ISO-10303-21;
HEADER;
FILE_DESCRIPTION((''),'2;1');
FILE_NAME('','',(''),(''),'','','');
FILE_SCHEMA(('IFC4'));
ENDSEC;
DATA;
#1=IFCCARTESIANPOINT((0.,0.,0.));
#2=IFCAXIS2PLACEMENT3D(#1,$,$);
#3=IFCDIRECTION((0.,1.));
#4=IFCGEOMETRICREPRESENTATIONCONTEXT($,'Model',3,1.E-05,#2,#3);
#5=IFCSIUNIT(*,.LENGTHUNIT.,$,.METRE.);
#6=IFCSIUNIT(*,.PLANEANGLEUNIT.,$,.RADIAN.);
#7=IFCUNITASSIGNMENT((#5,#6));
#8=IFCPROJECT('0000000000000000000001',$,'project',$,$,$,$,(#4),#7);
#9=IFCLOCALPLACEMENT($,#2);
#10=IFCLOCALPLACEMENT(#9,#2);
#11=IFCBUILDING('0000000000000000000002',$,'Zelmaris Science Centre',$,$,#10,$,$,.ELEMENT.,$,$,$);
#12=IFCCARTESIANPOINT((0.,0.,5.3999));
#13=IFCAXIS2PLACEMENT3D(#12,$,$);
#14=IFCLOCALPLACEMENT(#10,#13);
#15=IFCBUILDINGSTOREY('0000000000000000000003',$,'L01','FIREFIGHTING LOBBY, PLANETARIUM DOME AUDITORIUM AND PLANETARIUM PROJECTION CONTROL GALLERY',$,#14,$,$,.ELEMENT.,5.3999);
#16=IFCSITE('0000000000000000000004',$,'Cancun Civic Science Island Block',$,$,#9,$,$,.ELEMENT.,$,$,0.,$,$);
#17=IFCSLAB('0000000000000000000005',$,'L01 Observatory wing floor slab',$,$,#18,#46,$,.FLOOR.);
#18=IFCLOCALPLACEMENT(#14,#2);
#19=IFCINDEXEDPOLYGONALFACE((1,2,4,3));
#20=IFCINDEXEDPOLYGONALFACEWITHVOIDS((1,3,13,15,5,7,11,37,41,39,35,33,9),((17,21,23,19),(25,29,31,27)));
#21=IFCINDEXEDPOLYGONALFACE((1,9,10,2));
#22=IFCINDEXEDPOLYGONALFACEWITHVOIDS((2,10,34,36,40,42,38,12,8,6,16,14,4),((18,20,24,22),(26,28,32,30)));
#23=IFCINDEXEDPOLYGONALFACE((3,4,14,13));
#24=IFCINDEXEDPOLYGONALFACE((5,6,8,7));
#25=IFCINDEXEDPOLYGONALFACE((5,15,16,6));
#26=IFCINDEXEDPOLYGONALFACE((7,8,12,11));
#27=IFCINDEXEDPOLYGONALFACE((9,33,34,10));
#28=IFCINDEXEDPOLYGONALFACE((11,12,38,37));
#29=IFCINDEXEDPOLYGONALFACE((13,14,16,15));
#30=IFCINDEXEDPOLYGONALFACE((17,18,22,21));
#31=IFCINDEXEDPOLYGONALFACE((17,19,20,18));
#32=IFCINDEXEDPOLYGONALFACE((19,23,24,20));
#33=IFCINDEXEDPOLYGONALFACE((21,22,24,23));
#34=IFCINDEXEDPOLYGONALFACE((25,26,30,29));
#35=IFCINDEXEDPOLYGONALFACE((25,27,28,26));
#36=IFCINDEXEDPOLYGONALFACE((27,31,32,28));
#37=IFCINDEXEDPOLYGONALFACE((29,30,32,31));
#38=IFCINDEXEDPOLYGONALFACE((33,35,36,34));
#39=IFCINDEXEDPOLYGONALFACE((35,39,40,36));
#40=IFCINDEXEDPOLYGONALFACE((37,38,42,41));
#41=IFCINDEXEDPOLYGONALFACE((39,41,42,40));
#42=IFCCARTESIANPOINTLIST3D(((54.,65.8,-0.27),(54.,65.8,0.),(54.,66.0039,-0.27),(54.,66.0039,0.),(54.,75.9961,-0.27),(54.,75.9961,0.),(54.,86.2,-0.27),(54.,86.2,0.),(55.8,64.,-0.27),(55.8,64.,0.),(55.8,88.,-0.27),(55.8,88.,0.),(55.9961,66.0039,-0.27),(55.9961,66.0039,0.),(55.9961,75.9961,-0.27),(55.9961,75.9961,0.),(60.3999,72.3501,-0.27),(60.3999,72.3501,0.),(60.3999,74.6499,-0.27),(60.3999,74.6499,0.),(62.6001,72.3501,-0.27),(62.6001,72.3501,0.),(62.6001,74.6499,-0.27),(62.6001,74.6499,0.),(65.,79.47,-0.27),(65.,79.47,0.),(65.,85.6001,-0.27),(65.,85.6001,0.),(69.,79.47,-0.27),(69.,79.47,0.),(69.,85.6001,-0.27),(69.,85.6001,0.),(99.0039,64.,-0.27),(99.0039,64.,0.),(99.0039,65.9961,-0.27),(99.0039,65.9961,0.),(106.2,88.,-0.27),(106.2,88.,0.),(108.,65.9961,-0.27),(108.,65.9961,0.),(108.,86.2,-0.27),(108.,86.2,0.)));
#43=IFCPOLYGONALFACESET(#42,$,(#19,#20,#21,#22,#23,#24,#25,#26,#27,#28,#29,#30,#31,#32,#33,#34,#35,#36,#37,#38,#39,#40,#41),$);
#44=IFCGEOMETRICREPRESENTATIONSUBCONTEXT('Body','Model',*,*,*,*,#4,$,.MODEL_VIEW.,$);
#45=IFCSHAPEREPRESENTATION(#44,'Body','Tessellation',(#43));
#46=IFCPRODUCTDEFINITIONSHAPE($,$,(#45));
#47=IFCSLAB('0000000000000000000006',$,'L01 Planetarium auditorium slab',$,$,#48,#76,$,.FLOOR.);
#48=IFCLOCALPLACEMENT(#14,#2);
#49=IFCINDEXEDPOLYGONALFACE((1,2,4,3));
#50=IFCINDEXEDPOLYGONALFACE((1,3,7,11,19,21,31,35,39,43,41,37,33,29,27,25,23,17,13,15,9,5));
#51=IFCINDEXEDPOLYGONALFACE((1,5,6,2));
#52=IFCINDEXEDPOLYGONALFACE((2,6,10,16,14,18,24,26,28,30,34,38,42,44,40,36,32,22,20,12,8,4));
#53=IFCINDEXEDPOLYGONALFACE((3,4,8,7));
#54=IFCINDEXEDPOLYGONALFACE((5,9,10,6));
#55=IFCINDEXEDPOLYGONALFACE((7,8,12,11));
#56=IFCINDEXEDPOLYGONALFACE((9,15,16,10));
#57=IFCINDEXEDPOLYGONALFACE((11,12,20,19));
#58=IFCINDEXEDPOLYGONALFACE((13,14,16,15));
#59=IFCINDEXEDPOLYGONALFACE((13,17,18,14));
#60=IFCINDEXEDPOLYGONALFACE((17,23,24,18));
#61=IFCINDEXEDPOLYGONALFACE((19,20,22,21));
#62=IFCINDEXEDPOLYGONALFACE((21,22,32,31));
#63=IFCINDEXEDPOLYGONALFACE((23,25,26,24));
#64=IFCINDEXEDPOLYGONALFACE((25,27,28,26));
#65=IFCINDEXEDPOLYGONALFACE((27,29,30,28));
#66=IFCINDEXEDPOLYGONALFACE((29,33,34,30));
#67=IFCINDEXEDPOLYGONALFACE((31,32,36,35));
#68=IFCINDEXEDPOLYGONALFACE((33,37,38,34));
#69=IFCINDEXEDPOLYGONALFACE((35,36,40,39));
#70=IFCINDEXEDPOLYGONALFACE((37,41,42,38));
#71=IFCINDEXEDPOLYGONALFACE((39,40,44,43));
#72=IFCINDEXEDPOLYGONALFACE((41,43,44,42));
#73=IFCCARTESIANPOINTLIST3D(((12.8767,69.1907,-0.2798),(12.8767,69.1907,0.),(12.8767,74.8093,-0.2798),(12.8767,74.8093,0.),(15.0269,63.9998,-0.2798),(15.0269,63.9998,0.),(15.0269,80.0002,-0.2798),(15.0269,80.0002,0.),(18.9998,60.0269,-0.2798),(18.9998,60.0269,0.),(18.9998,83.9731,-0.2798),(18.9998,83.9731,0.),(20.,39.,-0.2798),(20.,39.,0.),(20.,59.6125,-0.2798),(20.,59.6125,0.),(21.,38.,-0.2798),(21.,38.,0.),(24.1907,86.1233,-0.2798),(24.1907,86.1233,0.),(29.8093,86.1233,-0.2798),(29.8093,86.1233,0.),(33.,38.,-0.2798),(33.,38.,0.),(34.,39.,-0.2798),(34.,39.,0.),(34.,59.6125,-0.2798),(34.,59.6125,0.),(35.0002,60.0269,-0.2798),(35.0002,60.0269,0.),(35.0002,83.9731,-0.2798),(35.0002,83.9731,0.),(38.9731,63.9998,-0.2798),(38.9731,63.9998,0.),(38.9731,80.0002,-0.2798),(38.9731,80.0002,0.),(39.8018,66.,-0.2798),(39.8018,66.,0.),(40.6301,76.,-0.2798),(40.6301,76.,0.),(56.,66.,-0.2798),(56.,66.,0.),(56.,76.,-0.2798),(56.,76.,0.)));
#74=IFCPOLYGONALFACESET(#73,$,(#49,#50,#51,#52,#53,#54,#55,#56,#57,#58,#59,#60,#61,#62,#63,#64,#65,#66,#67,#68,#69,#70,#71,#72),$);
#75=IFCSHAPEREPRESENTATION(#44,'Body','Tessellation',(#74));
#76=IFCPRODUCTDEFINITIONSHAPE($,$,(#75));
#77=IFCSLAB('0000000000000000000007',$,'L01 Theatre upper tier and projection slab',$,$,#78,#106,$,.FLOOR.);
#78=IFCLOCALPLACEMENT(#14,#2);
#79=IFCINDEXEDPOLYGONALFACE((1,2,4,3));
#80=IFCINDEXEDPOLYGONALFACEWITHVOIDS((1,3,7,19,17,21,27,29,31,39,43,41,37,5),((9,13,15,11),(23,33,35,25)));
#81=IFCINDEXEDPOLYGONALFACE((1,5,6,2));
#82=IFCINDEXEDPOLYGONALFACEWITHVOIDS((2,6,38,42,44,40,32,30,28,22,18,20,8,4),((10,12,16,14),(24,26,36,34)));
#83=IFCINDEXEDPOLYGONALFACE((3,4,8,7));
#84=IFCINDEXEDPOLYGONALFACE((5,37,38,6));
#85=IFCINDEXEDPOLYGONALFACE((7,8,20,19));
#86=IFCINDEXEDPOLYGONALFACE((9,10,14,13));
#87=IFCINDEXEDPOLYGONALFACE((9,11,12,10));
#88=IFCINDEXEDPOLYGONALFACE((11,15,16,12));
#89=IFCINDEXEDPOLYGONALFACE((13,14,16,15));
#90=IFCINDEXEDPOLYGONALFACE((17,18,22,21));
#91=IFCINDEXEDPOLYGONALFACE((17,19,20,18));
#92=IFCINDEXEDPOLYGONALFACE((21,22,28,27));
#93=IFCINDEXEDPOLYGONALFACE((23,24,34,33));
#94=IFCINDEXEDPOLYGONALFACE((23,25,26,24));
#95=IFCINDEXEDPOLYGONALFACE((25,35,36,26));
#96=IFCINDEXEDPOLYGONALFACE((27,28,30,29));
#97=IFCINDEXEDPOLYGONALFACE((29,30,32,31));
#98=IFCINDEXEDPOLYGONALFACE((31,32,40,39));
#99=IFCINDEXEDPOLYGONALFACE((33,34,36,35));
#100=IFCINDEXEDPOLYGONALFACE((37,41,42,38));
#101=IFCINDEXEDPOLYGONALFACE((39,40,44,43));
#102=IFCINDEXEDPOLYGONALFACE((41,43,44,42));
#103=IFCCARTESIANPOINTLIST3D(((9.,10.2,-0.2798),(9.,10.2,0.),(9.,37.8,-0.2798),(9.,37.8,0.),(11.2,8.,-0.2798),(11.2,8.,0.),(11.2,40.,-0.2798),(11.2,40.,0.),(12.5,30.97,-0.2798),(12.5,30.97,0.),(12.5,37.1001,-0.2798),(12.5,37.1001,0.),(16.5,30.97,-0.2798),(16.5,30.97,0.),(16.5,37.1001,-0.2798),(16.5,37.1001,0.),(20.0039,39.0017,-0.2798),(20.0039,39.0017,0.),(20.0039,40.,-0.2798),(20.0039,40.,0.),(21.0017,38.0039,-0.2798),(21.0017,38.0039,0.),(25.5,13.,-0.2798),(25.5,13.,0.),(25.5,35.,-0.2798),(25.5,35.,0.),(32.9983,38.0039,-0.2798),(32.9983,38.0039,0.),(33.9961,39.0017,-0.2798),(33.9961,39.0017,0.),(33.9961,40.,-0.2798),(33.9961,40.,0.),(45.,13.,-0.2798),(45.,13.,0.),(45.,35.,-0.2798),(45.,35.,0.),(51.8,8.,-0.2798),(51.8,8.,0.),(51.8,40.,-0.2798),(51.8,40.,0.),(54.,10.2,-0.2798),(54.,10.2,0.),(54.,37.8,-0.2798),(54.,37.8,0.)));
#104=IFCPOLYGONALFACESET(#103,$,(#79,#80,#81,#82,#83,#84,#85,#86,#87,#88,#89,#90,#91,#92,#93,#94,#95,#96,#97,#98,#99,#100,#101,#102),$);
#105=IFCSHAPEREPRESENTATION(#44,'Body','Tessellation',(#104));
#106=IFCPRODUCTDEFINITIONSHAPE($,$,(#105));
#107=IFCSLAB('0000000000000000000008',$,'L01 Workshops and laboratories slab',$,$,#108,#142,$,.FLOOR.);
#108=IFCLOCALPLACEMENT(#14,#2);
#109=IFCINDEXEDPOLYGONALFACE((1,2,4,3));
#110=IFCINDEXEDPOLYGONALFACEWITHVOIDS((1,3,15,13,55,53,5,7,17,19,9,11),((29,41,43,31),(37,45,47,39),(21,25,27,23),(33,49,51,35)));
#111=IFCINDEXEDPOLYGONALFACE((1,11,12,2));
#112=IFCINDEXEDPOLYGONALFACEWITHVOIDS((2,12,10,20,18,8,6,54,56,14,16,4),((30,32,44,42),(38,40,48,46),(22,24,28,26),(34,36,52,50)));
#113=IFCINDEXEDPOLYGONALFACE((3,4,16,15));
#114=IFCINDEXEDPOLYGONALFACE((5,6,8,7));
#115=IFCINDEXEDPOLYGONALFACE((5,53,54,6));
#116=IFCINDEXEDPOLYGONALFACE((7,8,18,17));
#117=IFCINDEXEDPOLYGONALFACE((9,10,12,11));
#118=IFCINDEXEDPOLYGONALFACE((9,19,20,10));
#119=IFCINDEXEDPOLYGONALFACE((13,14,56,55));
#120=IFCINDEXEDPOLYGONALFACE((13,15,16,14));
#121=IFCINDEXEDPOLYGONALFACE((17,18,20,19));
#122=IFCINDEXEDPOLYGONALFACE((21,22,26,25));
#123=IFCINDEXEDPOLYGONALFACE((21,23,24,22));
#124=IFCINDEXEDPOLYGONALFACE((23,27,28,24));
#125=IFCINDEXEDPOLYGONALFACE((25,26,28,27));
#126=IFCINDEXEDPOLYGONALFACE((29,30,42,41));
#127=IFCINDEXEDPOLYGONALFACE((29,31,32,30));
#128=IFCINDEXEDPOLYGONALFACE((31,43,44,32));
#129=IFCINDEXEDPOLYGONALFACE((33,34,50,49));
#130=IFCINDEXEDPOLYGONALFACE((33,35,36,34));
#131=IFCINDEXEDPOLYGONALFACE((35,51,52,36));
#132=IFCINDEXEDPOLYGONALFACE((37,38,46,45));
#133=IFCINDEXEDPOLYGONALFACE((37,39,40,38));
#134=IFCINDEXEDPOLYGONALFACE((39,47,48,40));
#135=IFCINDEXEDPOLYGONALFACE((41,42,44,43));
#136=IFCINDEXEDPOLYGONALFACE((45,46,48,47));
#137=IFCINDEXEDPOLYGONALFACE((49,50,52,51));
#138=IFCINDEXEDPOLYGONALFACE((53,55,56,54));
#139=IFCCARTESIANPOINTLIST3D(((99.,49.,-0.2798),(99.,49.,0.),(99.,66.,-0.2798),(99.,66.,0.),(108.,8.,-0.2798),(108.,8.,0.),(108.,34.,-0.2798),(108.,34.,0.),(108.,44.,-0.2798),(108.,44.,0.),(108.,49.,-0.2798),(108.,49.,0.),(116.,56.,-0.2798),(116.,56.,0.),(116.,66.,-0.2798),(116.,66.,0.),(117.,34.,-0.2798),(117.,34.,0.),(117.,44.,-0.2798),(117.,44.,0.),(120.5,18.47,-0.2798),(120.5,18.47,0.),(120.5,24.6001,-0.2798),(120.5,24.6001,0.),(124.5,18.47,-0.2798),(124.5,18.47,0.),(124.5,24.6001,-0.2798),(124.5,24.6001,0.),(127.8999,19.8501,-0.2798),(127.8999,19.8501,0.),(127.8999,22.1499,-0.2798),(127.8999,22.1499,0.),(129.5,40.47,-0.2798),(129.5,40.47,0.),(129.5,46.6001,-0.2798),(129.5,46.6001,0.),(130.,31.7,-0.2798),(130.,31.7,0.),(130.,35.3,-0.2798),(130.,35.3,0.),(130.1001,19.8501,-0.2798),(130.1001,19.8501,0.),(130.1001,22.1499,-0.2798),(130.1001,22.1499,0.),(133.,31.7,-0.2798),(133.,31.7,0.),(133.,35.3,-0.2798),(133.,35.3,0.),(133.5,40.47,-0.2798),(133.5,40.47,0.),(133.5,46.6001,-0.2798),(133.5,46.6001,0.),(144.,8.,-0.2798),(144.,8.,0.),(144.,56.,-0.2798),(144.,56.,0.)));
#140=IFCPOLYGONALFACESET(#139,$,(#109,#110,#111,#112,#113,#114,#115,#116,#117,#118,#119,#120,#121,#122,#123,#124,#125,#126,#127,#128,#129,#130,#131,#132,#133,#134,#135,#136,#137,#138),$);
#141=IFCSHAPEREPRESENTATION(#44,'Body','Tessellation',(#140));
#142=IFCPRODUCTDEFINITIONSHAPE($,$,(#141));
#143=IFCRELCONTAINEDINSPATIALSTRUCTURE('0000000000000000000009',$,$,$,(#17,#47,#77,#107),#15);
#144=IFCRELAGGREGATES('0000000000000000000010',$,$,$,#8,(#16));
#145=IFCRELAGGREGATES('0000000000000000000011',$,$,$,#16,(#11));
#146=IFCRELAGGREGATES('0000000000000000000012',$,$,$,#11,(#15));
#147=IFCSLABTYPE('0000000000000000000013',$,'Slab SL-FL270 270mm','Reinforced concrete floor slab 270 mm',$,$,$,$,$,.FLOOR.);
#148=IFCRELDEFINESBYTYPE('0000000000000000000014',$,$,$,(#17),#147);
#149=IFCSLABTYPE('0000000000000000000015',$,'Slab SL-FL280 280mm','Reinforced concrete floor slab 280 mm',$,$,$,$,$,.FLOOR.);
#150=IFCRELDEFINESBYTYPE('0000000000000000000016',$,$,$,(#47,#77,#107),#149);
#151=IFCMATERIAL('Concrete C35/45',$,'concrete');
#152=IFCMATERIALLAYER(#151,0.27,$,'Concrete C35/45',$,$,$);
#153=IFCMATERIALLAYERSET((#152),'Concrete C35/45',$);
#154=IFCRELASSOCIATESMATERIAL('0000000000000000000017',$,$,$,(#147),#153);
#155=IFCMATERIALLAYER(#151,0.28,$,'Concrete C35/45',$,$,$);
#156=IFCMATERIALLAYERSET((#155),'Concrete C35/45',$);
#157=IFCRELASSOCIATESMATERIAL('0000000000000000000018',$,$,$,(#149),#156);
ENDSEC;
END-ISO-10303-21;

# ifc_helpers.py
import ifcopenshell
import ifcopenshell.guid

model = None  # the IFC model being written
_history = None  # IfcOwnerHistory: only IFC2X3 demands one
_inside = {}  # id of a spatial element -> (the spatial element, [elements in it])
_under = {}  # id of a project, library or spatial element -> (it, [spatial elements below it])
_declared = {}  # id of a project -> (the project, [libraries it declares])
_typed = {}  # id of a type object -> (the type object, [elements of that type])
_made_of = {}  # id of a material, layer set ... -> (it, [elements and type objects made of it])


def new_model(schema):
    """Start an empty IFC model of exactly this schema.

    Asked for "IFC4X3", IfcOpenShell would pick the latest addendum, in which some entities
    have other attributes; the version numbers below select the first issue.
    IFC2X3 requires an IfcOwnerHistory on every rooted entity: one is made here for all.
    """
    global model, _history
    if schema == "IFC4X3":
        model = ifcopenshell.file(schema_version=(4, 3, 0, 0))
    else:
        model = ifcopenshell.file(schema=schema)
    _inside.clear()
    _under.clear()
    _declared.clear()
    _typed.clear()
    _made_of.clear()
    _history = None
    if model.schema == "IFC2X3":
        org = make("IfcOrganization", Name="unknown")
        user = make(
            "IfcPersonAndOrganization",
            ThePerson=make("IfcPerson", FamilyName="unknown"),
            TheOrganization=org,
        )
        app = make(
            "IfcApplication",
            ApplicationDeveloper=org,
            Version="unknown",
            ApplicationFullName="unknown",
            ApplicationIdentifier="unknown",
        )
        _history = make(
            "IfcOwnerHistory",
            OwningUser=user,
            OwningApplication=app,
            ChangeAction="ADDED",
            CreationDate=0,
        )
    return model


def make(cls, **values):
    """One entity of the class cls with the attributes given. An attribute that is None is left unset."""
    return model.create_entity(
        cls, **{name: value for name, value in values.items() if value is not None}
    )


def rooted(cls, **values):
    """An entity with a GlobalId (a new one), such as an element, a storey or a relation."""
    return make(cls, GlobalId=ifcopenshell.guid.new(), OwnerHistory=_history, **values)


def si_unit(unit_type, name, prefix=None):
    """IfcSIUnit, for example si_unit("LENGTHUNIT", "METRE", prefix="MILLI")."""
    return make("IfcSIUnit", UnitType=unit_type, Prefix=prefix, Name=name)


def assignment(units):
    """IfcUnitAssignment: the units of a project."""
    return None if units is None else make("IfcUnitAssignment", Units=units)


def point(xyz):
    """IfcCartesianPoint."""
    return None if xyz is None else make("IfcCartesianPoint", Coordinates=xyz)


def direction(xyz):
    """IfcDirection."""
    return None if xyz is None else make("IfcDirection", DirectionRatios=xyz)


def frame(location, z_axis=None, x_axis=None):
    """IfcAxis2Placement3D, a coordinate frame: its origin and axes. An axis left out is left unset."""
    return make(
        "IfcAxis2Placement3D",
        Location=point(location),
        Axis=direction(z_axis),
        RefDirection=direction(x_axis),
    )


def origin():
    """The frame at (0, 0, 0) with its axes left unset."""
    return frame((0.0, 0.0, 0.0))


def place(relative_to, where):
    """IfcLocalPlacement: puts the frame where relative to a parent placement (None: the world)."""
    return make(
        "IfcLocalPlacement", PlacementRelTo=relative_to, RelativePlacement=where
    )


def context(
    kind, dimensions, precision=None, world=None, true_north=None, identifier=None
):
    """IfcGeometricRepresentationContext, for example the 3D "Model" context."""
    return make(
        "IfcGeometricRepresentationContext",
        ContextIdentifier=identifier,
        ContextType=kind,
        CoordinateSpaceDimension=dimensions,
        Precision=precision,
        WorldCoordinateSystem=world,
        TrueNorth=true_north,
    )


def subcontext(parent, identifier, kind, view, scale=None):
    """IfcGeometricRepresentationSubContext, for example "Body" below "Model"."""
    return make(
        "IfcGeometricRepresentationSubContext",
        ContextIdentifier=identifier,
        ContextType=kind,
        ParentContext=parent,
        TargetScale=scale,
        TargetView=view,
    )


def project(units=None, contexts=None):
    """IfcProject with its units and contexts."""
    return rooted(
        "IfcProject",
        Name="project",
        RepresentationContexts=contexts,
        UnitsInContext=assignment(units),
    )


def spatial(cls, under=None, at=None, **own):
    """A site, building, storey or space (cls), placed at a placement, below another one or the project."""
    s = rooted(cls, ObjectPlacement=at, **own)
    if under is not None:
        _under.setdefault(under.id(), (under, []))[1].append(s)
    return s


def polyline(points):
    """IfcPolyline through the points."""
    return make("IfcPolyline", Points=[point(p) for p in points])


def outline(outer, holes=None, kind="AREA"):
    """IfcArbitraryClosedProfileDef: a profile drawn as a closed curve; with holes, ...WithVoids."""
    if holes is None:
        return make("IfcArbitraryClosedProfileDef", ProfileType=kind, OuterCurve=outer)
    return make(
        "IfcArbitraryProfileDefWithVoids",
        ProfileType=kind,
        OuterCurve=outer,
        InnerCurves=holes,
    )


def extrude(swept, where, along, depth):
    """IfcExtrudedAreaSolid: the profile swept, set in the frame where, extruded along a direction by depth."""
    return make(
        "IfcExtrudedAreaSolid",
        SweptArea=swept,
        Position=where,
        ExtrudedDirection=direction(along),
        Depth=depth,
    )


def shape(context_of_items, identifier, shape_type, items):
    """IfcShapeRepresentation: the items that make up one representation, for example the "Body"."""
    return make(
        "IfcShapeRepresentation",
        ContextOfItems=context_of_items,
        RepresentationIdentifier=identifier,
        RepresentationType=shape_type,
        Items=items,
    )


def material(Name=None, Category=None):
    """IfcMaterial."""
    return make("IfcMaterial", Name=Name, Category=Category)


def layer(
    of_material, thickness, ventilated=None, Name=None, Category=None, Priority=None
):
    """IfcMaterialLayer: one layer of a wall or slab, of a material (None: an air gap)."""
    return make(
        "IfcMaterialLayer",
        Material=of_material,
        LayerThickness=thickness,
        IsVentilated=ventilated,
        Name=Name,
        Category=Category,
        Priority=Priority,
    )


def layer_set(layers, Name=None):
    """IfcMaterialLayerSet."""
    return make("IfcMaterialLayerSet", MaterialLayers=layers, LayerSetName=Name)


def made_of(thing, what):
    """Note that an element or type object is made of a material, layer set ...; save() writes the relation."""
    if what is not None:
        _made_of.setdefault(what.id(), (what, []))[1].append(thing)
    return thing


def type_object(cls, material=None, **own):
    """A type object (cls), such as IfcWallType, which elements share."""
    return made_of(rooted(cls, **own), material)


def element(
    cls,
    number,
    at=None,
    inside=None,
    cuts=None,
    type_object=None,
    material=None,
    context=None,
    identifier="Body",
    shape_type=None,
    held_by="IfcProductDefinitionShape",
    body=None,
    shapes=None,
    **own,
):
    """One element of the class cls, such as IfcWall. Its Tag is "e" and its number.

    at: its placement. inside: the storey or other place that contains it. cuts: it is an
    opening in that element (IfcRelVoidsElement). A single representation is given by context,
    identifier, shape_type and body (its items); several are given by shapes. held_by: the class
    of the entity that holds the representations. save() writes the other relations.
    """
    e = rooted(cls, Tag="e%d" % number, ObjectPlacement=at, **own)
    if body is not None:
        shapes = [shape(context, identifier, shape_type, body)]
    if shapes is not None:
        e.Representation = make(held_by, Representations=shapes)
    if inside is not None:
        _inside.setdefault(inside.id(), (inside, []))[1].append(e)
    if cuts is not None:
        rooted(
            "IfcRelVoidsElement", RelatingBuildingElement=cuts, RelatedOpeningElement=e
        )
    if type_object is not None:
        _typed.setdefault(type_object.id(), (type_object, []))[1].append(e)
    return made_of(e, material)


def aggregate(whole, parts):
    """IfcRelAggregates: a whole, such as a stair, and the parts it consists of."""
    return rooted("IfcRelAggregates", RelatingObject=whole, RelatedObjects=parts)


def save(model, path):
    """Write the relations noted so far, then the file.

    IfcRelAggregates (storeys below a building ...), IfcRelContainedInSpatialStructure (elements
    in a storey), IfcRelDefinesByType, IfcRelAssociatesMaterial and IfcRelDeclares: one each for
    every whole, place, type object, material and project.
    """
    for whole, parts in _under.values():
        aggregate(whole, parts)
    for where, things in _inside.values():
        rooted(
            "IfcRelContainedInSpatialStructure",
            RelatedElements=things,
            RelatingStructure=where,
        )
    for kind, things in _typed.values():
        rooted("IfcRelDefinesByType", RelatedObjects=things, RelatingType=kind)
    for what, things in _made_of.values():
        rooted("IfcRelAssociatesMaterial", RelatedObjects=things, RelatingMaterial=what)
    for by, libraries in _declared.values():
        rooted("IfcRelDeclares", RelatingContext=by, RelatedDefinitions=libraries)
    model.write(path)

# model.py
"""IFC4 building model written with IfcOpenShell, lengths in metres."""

from ifc_helpers import new_model, si_unit, direction, frame, origin, place, context, subcontext, project, spatial, polyline, outline, extrude, material, layer, layer_set, type_object, element, save


model = new_model("IFC4")

# Units and contexts
model_context = context("Model", 3, precision=1e-05, world=origin(), true_north=direction((0.0, 1.0)))
body_context = subcontext(model_context, "Body", "Model", "MODEL_VIEW")
ifc_project = project(units=[si_unit("LENGTHUNIT", "METRE"), si_unit("PLANEANGLEUNIT", "RADIAN")], contexts=[model_context])

# Site, building, storey
site_placement = place(None, origin())
site = spatial("IfcSite", under=ifc_project, at=site_placement, Name="Cancun Civic Science Island Block", CompositionType="ELEMENT", RefElevation=0.0)
building_placement = place(site_placement, origin())
building = spatial("IfcBuilding", under=site, at=building_placement, Name="Zelmaris Science Centre", CompositionType="ELEMENT")
storey_placement = place(building_placement, frame((0.0, 0.0, 5.3999)))
storey = spatial("IfcBuildingStorey", under=building, at=storey_placement, Name="L01", Description="FIREFIGHTING LOBBY, PLANETARIUM DOME AUDITORIUM AND PLANETARIUM PROJECTION CONTROL GALLERY", CompositionType="ELEMENT", Elevation=5.3999)

# Slabs
ifc_material_1 = material(Name="Concrete C35/45", Category="concrete")
ifc_layer_1 = layer(ifc_material_1, 0.27, Name="Concrete C35/45")
ifc_layer_set_1 = layer_set([ifc_layer_1], Name="Concrete C35/45")
slab_type_1 = type_object("IfcSlabType", Name="Slab SL-FL270 270mm", Description="Reinforced concrete floor slab 270 mm", PredefinedType="FLOOR", material=ifc_layer_set_1)
slab_1_placement = place(storey_placement, frame((0.0, 0.0, -0.27)))
element("IfcSlab", 1, at=slab_1_placement, inside=storey, type_object=slab_type_1, Name="L01 Observatory wing floor slab", PredefinedType="FLOOR", context=body_context, shape_type="SweptSolid", body=[
    extrude(outline(polyline([(55.8, 64.0), (54.0, 65.8), (54.0, 66.0039), (55.9961, 66.0039), (55.9961, 75.9961), (54.0, 75.9961), (54.0, 86.2), (55.8, 88.0), (106.2, 88.0), (108.0, 86.2), (108.0, 65.9961), (99.0039, 65.9961), (99.0039, 64.0), (55.8, 64.0)]), holes=[polyline([(69.0, 79.47), (69.0, 85.6001), (65.0, 85.6001), (65.0, 79.47), (69.0, 79.47)]), polyline([(60.3999, 72.3501), (62.6001, 72.3501), (62.6001, 74.6499), (60.3999, 74.6499), (60.3999, 72.3501)])]), origin(), (0.0, 0.0, 1.0), 0.27),
])
ifc_layer_2 = layer(ifc_material_1, 0.28, Name="Concrete C35/45")
ifc_layer_set_2 = layer_set([ifc_layer_2], Name="Concrete C35/45")
slab_type_2 = type_object("IfcSlabType", Name="Slab SL-FL280 280mm", Description="Reinforced concrete floor slab 280 mm", PredefinedType="FLOOR", material=ifc_layer_set_2)
slab_2_placement = place(storey_placement, frame((0.0, 0.0, -0.2798)))
element("IfcSlab", 2, at=slab_2_placement, inside=storey, type_object=slab_type_2, Name="L01 Planetarium auditorium slab", PredefinedType="FLOOR", context=body_context, shape_type="SweptSolid", body=[
    extrude(outline(polyline([(12.8767, 69.1907), (12.8767, 74.8093), (15.0269, 80.0002), (18.9998, 83.9731), (24.1907, 86.1233), (29.8093, 86.1233), (35.0002, 83.9731), (38.9731, 80.0002), (40.6301, 76.0), (56.0, 76.0), (56.0, 66.0), (39.8018, 66.0), (38.9731, 63.9998), (35.0002, 60.0269), (34.0, 59.6125), (34.0, 39.0), (33.0, 38.0), (21.0, 38.0), (20.0, 39.0), (20.0, 59.6125), (18.9998, 60.0269), (15.0269, 63.9998), (12.8767, 69.1907)])), origin(), (0.0, 0.0, 1.0), 0.2798),
])
slab_3_placement = place(storey_placement, frame((0.0, 0.0, -0.2798)))
element("IfcSlab", 3, at=slab_3_placement, inside=storey, type_object=slab_type_2, Name="L01 Theatre upper tier and projection slab", PredefinedType="FLOOR", context=body_context, shape_type="SweptSolid", body=[
    extrude(outline(polyline([(51.8, 40.0), (54.0, 37.8), (54.0, 10.2), (51.8, 8.0), (11.2, 8.0), (9.0, 10.2), (9.0, 37.8), (11.2, 40.0), (20.0039, 40.0), (20.0039, 39.0017), (21.0017, 38.0039), (32.9983, 38.0039), (33.9961, 39.0017), (33.9961, 40.0), (51.8, 40.0)]), holes=[polyline([(25.5, 13.0), (45.0, 13.0), (45.0, 35.0), (25.5, 35.0), (25.5, 13.0)]), polyline([(16.5, 30.97), (16.5, 37.1001), (12.5, 37.1001), (12.5, 30.97), (16.5, 30.97)])]), origin(), (0.0, 0.0, 1.0), 0.2798),
])
slab_4_placement = place(storey_placement, frame((0.0, 0.0, -0.2798)))
element("IfcSlab", 4, at=slab_4_placement, inside=storey, type_object=slab_type_2, Name="L01 Workshops and laboratories slab", PredefinedType="FLOOR", context=body_context, shape_type="SweptSolid", body=[
    extrude(outline(polyline([(144.0, 8.0), (108.0, 8.0), (108.0, 34.0), (117.0, 34.0), (117.0, 44.0), (108.0, 44.0), (108.0, 49.0), (99.0, 49.0), (99.0, 66.0), (116.0, 66.0), (116.0, 56.0), (144.0, 56.0), (144.0, 8.0)]), holes=[polyline([(124.5, 18.47), (124.5, 24.6001), (120.5, 24.6001), (120.5, 18.47), (124.5, 18.47)]), polyline([(133.5, 40.47), (133.5, 46.6001), (129.5, 46.6001), (129.5, 40.47), (133.5, 40.47)]), polyline([(127.8999, 19.8501), (130.1001, 19.8501), (130.1001, 22.1499), (127.8999, 22.1499), (127.8999, 19.8501)]), polyline([(130.0, 31.7), (133.0, 31.7), (133.0, 35.3), (130.0, 35.3), (130.0, 31.7)])]), origin(), (0.0, 0.0, 1.0), 0.2798),
])

save(model, "model.ifc")
